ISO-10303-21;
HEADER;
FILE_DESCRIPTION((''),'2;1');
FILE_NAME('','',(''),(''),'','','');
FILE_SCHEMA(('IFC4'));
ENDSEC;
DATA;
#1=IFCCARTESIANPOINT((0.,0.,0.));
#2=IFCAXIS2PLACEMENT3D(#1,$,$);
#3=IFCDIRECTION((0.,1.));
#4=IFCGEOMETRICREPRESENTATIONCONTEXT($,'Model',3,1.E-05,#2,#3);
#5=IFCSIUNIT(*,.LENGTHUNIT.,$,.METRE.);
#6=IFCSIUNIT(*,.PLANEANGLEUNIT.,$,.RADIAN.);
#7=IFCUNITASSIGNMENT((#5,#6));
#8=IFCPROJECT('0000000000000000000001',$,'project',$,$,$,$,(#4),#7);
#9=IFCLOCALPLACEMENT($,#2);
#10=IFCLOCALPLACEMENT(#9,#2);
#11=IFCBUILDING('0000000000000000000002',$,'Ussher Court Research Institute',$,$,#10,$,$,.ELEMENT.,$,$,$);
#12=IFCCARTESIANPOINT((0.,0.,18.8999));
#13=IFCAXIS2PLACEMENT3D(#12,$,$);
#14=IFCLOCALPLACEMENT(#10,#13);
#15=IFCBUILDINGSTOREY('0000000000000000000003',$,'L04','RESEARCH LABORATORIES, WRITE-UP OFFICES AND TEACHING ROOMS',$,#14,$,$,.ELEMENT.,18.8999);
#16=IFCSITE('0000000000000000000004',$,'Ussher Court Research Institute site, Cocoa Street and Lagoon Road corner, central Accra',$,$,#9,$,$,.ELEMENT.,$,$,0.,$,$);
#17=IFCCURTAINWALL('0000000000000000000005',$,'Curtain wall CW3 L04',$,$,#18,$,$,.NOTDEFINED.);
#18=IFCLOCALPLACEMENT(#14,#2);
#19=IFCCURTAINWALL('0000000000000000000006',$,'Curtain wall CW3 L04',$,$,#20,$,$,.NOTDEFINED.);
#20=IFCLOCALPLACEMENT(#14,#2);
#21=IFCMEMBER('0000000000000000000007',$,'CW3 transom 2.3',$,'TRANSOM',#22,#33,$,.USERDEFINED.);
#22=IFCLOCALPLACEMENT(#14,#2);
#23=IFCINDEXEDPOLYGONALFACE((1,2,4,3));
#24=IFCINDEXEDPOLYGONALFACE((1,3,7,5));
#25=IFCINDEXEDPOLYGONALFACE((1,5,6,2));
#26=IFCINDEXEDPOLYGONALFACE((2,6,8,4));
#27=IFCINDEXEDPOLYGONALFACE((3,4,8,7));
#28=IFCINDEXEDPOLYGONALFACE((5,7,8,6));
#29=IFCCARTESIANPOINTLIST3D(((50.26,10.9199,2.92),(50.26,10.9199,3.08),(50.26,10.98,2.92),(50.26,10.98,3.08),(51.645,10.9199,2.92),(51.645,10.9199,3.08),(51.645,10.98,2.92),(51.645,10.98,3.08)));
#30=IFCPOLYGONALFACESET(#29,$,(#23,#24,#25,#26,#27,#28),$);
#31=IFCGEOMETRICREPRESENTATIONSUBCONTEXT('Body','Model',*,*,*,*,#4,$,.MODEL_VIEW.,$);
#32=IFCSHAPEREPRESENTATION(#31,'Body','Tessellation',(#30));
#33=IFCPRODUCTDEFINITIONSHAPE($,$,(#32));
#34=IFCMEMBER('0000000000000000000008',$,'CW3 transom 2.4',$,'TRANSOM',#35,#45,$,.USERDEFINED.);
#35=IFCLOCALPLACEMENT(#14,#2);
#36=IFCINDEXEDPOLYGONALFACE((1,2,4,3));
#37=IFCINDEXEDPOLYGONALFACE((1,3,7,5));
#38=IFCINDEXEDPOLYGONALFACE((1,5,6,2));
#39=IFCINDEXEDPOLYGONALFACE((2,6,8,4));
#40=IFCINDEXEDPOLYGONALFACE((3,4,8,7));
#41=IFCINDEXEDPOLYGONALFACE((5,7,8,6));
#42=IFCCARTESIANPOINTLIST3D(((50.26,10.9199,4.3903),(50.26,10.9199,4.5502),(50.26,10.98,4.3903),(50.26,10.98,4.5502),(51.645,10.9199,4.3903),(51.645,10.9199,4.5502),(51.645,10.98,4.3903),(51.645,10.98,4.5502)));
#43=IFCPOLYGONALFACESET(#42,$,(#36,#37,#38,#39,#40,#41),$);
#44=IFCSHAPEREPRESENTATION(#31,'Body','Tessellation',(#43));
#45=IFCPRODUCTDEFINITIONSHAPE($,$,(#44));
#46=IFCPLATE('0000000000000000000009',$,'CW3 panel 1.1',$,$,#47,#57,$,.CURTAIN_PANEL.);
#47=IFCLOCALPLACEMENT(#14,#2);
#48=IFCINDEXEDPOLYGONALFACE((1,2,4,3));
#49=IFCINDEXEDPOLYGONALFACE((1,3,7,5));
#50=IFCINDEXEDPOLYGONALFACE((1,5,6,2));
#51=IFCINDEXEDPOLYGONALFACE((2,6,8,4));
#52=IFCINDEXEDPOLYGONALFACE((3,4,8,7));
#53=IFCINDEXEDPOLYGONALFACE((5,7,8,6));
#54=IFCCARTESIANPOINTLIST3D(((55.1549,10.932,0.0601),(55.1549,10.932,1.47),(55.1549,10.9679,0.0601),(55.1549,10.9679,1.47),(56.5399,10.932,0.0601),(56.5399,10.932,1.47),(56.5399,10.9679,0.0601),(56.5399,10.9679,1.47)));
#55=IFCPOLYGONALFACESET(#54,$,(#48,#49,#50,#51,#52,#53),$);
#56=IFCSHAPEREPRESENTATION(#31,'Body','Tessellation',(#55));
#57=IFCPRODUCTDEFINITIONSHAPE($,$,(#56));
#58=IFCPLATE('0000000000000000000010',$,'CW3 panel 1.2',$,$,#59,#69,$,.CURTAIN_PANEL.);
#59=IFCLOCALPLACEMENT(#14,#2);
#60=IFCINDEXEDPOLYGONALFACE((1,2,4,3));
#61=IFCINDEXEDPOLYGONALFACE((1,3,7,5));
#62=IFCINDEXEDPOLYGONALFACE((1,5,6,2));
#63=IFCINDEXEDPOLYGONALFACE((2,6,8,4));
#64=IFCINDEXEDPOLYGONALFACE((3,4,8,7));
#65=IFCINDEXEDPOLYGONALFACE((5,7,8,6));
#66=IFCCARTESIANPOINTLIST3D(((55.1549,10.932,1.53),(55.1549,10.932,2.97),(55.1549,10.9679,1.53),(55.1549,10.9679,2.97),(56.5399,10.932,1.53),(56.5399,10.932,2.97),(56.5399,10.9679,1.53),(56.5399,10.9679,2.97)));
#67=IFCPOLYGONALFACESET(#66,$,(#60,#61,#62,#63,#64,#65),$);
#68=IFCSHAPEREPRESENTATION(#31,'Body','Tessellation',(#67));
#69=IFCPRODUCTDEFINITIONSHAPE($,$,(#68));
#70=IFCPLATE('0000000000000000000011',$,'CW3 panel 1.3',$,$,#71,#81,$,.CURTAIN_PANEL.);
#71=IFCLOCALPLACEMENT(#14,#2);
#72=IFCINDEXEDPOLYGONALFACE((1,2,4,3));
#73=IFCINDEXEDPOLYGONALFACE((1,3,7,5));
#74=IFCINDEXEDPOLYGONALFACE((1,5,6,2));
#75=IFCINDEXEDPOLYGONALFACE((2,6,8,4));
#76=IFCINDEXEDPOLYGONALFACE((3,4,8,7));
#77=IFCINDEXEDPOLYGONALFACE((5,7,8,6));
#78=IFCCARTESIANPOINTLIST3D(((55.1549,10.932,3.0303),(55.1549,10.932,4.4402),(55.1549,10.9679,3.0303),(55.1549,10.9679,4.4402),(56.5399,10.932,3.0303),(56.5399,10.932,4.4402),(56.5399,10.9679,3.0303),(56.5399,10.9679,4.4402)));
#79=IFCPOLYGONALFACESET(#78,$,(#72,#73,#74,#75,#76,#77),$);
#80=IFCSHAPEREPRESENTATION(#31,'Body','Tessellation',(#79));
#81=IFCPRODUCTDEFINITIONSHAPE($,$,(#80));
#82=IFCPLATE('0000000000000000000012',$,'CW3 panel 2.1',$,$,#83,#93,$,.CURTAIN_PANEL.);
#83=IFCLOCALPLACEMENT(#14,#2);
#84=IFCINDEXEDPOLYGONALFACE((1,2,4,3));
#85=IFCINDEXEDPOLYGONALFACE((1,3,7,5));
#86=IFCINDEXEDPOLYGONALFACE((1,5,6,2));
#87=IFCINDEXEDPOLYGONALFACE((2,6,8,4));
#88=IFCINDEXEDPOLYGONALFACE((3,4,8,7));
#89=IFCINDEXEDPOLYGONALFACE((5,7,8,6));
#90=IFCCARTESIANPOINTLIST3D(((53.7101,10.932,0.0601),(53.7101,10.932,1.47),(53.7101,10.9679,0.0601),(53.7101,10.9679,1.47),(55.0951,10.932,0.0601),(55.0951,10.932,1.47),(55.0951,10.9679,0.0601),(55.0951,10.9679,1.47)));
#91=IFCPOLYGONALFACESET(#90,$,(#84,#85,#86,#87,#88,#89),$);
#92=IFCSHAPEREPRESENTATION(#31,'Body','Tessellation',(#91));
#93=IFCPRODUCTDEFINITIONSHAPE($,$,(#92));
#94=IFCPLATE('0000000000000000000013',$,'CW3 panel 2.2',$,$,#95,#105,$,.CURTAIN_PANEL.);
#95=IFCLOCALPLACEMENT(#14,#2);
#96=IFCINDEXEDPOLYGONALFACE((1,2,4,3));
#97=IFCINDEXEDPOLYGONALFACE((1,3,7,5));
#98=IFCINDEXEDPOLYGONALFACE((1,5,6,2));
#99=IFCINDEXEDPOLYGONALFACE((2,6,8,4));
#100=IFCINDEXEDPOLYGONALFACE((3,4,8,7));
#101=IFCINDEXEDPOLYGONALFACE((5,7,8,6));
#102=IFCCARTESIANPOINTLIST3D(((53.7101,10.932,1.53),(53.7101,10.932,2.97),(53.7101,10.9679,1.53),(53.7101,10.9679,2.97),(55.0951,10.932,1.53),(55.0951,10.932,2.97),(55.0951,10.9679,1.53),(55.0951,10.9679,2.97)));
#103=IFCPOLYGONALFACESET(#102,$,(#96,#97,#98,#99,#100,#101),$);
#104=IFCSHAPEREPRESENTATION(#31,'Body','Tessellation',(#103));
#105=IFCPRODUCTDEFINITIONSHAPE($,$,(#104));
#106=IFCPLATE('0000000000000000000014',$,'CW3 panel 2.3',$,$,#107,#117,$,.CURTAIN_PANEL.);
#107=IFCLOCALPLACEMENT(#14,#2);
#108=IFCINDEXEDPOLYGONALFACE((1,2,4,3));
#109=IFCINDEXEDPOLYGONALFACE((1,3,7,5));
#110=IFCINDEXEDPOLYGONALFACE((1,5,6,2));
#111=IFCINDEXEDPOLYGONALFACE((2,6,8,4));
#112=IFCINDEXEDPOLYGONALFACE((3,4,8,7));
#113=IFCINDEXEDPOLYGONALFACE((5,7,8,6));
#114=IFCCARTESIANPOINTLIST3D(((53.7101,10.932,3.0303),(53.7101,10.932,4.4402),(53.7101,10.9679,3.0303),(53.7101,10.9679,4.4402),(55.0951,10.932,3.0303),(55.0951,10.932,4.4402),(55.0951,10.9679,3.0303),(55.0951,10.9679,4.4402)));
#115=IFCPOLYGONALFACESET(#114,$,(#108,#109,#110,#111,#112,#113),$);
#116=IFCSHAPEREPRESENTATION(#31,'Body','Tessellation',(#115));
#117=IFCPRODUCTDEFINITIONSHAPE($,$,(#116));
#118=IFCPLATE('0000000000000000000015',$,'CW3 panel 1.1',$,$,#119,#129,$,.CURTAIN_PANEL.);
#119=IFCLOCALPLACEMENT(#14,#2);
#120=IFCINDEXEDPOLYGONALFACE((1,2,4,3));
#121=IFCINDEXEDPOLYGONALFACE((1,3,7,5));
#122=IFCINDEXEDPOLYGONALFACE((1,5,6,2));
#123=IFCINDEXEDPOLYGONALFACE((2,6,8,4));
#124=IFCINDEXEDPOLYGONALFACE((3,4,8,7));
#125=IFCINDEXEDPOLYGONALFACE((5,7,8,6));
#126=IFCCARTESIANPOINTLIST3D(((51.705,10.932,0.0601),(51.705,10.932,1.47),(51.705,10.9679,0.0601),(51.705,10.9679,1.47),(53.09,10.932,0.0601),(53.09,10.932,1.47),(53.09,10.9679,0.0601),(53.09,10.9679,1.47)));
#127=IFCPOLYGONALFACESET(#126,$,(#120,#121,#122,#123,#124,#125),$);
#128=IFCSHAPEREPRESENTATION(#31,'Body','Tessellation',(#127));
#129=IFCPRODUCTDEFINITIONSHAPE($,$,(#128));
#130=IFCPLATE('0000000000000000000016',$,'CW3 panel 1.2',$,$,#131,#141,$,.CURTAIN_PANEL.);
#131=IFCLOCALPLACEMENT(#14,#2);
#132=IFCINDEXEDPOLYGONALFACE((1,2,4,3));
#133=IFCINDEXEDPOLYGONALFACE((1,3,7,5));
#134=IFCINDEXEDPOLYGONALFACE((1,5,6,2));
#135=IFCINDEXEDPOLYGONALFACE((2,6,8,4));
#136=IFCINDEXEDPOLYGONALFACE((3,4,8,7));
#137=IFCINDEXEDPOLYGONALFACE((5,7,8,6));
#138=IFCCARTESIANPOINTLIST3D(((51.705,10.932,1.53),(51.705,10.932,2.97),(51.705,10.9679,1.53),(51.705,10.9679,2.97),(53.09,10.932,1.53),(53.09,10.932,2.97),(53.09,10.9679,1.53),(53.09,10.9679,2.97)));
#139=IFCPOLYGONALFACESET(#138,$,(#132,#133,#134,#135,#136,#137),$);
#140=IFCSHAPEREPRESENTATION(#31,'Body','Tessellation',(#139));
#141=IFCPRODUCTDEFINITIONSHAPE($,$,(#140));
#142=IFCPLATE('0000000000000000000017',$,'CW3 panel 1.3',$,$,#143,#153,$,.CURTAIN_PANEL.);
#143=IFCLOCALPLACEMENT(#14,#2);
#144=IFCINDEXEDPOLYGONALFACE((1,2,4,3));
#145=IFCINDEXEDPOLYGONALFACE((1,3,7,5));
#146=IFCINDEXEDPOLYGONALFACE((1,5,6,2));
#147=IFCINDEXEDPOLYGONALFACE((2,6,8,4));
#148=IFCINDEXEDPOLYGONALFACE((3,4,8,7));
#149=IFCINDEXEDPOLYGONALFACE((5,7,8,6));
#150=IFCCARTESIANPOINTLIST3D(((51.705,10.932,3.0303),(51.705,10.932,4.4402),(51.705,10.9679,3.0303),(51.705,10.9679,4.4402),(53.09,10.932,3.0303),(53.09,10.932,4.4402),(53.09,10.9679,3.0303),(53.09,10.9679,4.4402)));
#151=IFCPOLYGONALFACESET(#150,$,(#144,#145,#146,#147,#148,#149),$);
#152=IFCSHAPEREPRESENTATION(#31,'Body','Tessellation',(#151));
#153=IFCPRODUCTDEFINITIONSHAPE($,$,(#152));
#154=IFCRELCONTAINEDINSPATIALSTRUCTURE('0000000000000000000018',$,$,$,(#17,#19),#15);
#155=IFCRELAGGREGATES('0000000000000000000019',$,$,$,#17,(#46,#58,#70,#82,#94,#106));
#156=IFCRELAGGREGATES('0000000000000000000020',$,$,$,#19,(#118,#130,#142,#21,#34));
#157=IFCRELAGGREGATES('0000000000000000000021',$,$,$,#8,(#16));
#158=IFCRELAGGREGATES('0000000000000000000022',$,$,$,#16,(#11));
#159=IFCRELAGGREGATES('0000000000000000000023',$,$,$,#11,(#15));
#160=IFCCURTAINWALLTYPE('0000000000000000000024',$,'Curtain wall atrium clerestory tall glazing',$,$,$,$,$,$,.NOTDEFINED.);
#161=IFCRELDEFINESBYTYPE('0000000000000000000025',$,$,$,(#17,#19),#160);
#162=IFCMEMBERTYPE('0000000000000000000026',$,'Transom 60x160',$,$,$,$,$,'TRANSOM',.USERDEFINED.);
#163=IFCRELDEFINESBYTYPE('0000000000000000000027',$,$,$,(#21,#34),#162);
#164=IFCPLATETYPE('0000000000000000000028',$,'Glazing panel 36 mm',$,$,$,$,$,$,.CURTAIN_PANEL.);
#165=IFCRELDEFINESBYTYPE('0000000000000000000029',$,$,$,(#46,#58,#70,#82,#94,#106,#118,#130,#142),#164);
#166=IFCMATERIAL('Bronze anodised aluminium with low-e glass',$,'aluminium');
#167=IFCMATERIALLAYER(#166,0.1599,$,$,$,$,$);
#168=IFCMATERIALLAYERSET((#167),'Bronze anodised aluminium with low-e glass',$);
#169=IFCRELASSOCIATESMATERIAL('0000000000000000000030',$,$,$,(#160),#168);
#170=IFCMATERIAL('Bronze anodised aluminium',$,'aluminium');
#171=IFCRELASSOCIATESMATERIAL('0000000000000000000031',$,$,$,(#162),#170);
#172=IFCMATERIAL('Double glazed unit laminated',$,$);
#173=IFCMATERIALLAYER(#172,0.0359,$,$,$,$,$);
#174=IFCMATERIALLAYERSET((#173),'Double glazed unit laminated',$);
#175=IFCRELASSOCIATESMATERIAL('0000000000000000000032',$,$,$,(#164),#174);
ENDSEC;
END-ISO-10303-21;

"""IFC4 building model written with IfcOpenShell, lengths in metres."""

from ifc_helpers import new_model, si_unit, direction, frame, origin, origin_2d, place, context, subcontext, project, spatial, rectangle, extrude, material, layer, layer_set, material_profile, profile_set, type_object, element, aggregate, save


model = new_model("IFC4")

# Units and contexts
model_context = context("Model", 3, precision=1e-05, world=origin(), true_north=direction((0.0, 1.0)))
body_context = subcontext(model_context, "Body", "Model", "MODEL_VIEW")
ifc_project = project(units=[si_unit("LENGTHUNIT", "METRE"), si_unit("PLANEANGLEUNIT", "RADIAN")], contexts=[model_context])

# Site, building, storey
site_placement = place(None, origin())
site = spatial("IfcSite", under=ifc_project, at=site_placement, Name="Ussher Court Research Institute site, Cocoa Street and Lagoon Road corner, central Accra", CompositionType="ELEMENT", RefElevation=0.0)
building_placement = place(site_placement, origin())
building = spatial("IfcBuilding", under=site, at=building_placement, Name="Ussher Court Research Institute", CompositionType="ELEMENT")
storey_placement = place(building_placement, frame((0.0, 0.0, 18.8999)))
storey = spatial("IfcBuildingStorey", under=building, at=storey_placement, Name="L04", Description="RESEARCH LABORATORIES, WRITE-UP OFFICES AND TEACHING ROOMS", CompositionType="ELEMENT", Elevation=18.8999)

# Curtain walls
ifc_material_1 = material(Name="Bronze anodised aluminium with low-e glass", Category="aluminium")
ifc_layer_1 = layer(ifc_material_1, 0.1599)
ifc_layer_set_1 = layer_set([ifc_layer_1], Name="Bronze anodised aluminium with low-e glass")
curtain_wall_type = type_object("IfcCurtainWallType", Name="Curtain wall atrium clerestory tall glazing", PredefinedType="NOTDEFINED", material=ifc_layer_set_1)
curtain_wall_1_placement = place(storey_placement, origin())
curtain_wall_1 = element("IfcCurtainWall", 1, at=curtain_wall_1_placement, inside=storey, type_object=curtain_wall_type, Name="Curtain wall CW3 L04", PredefinedType="NOTDEFINED")
curtain_wall_2_placement = place(storey_placement, origin())
curtain_wall_2 = element("IfcCurtainWall", 2, at=curtain_wall_2_placement, inside=storey, type_object=curtain_wall_type, Name="Curtain wall CW3 L04", PredefinedType="NOTDEFINED")

# Members
ifc_material_2 = material(Name="Bronze anodised aluminium", Category="aluminium")
ifc_material_profile_1 = material_profile(ifc_material_2, rectangle(XDim=0.0601, YDim=0.1599, at=origin_2d()), Name="Transom 60x160")
ifc_profile_set_1 = profile_set([ifc_material_profile_1], Name="Bronze anodised aluminium")
member_type_1 = type_object("IfcMemberType", Name="Transom 60x160", ElementType="TRANSOM", PredefinedType="USERDEFINED", material=ifc_profile_set_1)
member_1_placement = place(storey_placement, frame((51.645, 10.95, 3.0), z_axis=(-1.0, 0.0, 0.0), x_axis=(0.0, -1.0, 0.0)))
member_1 = element("IfcMember", 3, at=member_1_placement, type_object=member_type_1, Name="CW3 transom 2.3", ObjectType="TRANSOM", PredefinedType="USERDEFINED", context=body_context, shape_type="SweptSolid", body=[
    extrude(rectangle(XDim=0.0601, YDim=0.1599, at=origin_2d()), origin(), (0.0, 0.0, 1.0), 1.385),
])
member_2_placement = place(storey_placement, frame((51.645, 10.95, 4.4702), z_axis=(-1.0, 0.0, 0.0), x_axis=(0.0, -1.0, 0.0)))
member_2 = element("IfcMember", 4, at=member_2_placement, type_object=member_type_1, Name="CW3 transom 2.4", ObjectType="TRANSOM", PredefinedType="USERDEFINED", context=body_context, shape_type="SweptSolid", body=[
    extrude(rectangle(XDim=0.0601, YDim=0.1599, at=origin_2d()), origin(), (0.0, 0.0, 1.0), 1.385),
])

# Plates
ifc_material_3 = material(Name="Double glazed unit laminated")
ifc_layer_2 = layer(ifc_material_3, 0.0359)
ifc_layer_set_2 = layer_set([ifc_layer_2], Name="Double glazed unit laminated")
plate_type = type_object("IfcPlateType", Name="Glazing panel 36 mm", PredefinedType="CURTAIN_PANEL", material=ifc_layer_set_2)
plate_1_placement = place(storey_placement, frame((55.8474, 10.95, 0.0601), z_axis=(0.0, 0.0, 1.0), x_axis=(-1.0, 0.0, 0.0)))
plate_1 = element("IfcPlate", 5, at=plate_1_placement, type_object=plate_type, Name="CW3 panel 1.1", PredefinedType="CURTAIN_PANEL", context=body_context, shape_type="SweptSolid", body=[
    extrude(rectangle(XDim=1.385, YDim=0.0359, at=origin_2d()), origin(), (0.0, 0.0, 1.0), 1.4099),
])
plate_2_placement = place(storey_placement, frame((55.8474, 10.95, 1.53), z_axis=(0.0, 0.0, 1.0), x_axis=(-1.0, 0.0, 0.0)))
plate_2 = element("IfcPlate", 6, at=plate_2_placement, type_object=plate_type, Name="CW3 panel 1.2", PredefinedType="CURTAIN_PANEL", context=body_context, shape_type="SweptSolid", body=[
    extrude(rectangle(XDim=1.385, YDim=0.0359, at=origin_2d()), origin(), (0.0, 0.0, 1.0), 1.4399),
])
plate_3_placement = place(storey_placement, frame((55.8474, 10.95, 3.0303), z_axis=(0.0, 0.0, 1.0), x_axis=(-1.0, 0.0, 0.0)))
plate_3 = element("IfcPlate", 7, at=plate_3_placement, type_object=plate_type, Name="CW3 panel 1.3", PredefinedType="CURTAIN_PANEL", context=body_context, shape_type="SweptSolid", body=[
    extrude(rectangle(XDim=1.385, YDim=0.0359, at=origin_2d()), origin(), (0.0, 0.0, 1.0), 1.4099),
])
plate_4_placement = place(storey_placement, frame((54.4026, 10.95, 0.0601), z_axis=(0.0, 0.0, 1.0), x_axis=(-1.0, 0.0, 0.0)))
plate_4 = element("IfcPlate", 8, at=plate_4_placement, type_object=plate_type, Name="CW3 panel 2.1", PredefinedType="CURTAIN_PANEL", context=body_context, shape_type="SweptSolid", body=[
    extrude(rectangle(XDim=1.385, YDim=0.0359, at=origin_2d()), origin(), (0.0, 0.0, 1.0), 1.4099),
])
plate_5_placement = place(storey_placement, frame((54.4026, 10.95, 1.53), z_axis=(0.0, 0.0, 1.0), x_axis=(-1.0, 0.0, 0.0)))
plate_5 = element("IfcPlate", 9, at=plate_5_placement, type_object=plate_type, Name="CW3 panel 2.2", PredefinedType="CURTAIN_PANEL", context=body_context, shape_type="SweptSolid", body=[
    extrude(rectangle(XDim=1.385, YDim=0.0359, at=origin_2d()), origin(), (0.0, 0.0, 1.0), 1.4399),
])
plate_6_placement = place(storey_placement, frame((54.4026, 10.95, 3.0303), z_axis=(0.0, 0.0, 1.0), x_axis=(-1.0, 0.0, 0.0)))
plate_6 = element("IfcPlate", 10, at=plate_6_placement, type_object=plate_type, Name="CW3 panel 2.3", PredefinedType="CURTAIN_PANEL", context=body_context, shape_type="SweptSolid", body=[
    extrude(rectangle(XDim=1.385, YDim=0.0359, at=origin_2d()), origin(), (0.0, 0.0, 1.0), 1.4099),
])
aggregate(curtain_wall_1, [plate_1, plate_2, plate_3, plate_4, plate_5, plate_6])
plate_7_placement = place(storey_placement, frame((52.3975, 10.95, 0.0601), z_axis=(0.0, 0.0, 1.0), x_axis=(-1.0, 0.0, 0.0)))
plate_7 = element("IfcPlate", 11, at=plate_7_placement, type_object=plate_type, Name="CW3 panel 1.1", PredefinedType="CURTAIN_PANEL", context=body_context, shape_type="SweptSolid", body=[
    extrude(rectangle(XDim=1.385, YDim=0.0359, at=origin_2d()), origin(), (0.0, 0.0, 1.0), 1.4099),
])
plate_8_placement = place(storey_placement, frame((52.3975, 10.95, 1.53), z_axis=(0.0, 0.0, 1.0), x_axis=(-1.0, 0.0, 0.0)))
plate_8 = element("IfcPlate", 12, at=plate_8_placement, type_object=plate_type, Name="CW3 panel 1.2", PredefinedType="CURTAIN_PANEL", context=body_context, shape_type="SweptSolid", body=[
    extrude(rectangle(XDim=1.385, YDim=0.0359, at=origin_2d()), origin(), (0.0, 0.0, 1.0), 1.4399),
])
plate_9_placement = place(storey_placement, frame((52.3975, 10.95, 3.0303), z_axis=(0.0, 0.0, 1.0), x_axis=(-1.0, 0.0, 0.0)))
plate_9 = element("IfcPlate", 13, at=plate_9_placement, type_object=plate_type, Name="CW3 panel 1.3", PredefinedType="CURTAIN_PANEL", context=body_context, shape_type="SweptSolid", body=[
    extrude(rectangle(XDim=1.385, YDim=0.0359, at=origin_2d()), origin(), (0.0, 0.0, 1.0), 1.4099),
])
aggregate(curtain_wall_2, [plate_7, plate_8, plate_9, member_1, member_2])

save(model, "model.ifc")
